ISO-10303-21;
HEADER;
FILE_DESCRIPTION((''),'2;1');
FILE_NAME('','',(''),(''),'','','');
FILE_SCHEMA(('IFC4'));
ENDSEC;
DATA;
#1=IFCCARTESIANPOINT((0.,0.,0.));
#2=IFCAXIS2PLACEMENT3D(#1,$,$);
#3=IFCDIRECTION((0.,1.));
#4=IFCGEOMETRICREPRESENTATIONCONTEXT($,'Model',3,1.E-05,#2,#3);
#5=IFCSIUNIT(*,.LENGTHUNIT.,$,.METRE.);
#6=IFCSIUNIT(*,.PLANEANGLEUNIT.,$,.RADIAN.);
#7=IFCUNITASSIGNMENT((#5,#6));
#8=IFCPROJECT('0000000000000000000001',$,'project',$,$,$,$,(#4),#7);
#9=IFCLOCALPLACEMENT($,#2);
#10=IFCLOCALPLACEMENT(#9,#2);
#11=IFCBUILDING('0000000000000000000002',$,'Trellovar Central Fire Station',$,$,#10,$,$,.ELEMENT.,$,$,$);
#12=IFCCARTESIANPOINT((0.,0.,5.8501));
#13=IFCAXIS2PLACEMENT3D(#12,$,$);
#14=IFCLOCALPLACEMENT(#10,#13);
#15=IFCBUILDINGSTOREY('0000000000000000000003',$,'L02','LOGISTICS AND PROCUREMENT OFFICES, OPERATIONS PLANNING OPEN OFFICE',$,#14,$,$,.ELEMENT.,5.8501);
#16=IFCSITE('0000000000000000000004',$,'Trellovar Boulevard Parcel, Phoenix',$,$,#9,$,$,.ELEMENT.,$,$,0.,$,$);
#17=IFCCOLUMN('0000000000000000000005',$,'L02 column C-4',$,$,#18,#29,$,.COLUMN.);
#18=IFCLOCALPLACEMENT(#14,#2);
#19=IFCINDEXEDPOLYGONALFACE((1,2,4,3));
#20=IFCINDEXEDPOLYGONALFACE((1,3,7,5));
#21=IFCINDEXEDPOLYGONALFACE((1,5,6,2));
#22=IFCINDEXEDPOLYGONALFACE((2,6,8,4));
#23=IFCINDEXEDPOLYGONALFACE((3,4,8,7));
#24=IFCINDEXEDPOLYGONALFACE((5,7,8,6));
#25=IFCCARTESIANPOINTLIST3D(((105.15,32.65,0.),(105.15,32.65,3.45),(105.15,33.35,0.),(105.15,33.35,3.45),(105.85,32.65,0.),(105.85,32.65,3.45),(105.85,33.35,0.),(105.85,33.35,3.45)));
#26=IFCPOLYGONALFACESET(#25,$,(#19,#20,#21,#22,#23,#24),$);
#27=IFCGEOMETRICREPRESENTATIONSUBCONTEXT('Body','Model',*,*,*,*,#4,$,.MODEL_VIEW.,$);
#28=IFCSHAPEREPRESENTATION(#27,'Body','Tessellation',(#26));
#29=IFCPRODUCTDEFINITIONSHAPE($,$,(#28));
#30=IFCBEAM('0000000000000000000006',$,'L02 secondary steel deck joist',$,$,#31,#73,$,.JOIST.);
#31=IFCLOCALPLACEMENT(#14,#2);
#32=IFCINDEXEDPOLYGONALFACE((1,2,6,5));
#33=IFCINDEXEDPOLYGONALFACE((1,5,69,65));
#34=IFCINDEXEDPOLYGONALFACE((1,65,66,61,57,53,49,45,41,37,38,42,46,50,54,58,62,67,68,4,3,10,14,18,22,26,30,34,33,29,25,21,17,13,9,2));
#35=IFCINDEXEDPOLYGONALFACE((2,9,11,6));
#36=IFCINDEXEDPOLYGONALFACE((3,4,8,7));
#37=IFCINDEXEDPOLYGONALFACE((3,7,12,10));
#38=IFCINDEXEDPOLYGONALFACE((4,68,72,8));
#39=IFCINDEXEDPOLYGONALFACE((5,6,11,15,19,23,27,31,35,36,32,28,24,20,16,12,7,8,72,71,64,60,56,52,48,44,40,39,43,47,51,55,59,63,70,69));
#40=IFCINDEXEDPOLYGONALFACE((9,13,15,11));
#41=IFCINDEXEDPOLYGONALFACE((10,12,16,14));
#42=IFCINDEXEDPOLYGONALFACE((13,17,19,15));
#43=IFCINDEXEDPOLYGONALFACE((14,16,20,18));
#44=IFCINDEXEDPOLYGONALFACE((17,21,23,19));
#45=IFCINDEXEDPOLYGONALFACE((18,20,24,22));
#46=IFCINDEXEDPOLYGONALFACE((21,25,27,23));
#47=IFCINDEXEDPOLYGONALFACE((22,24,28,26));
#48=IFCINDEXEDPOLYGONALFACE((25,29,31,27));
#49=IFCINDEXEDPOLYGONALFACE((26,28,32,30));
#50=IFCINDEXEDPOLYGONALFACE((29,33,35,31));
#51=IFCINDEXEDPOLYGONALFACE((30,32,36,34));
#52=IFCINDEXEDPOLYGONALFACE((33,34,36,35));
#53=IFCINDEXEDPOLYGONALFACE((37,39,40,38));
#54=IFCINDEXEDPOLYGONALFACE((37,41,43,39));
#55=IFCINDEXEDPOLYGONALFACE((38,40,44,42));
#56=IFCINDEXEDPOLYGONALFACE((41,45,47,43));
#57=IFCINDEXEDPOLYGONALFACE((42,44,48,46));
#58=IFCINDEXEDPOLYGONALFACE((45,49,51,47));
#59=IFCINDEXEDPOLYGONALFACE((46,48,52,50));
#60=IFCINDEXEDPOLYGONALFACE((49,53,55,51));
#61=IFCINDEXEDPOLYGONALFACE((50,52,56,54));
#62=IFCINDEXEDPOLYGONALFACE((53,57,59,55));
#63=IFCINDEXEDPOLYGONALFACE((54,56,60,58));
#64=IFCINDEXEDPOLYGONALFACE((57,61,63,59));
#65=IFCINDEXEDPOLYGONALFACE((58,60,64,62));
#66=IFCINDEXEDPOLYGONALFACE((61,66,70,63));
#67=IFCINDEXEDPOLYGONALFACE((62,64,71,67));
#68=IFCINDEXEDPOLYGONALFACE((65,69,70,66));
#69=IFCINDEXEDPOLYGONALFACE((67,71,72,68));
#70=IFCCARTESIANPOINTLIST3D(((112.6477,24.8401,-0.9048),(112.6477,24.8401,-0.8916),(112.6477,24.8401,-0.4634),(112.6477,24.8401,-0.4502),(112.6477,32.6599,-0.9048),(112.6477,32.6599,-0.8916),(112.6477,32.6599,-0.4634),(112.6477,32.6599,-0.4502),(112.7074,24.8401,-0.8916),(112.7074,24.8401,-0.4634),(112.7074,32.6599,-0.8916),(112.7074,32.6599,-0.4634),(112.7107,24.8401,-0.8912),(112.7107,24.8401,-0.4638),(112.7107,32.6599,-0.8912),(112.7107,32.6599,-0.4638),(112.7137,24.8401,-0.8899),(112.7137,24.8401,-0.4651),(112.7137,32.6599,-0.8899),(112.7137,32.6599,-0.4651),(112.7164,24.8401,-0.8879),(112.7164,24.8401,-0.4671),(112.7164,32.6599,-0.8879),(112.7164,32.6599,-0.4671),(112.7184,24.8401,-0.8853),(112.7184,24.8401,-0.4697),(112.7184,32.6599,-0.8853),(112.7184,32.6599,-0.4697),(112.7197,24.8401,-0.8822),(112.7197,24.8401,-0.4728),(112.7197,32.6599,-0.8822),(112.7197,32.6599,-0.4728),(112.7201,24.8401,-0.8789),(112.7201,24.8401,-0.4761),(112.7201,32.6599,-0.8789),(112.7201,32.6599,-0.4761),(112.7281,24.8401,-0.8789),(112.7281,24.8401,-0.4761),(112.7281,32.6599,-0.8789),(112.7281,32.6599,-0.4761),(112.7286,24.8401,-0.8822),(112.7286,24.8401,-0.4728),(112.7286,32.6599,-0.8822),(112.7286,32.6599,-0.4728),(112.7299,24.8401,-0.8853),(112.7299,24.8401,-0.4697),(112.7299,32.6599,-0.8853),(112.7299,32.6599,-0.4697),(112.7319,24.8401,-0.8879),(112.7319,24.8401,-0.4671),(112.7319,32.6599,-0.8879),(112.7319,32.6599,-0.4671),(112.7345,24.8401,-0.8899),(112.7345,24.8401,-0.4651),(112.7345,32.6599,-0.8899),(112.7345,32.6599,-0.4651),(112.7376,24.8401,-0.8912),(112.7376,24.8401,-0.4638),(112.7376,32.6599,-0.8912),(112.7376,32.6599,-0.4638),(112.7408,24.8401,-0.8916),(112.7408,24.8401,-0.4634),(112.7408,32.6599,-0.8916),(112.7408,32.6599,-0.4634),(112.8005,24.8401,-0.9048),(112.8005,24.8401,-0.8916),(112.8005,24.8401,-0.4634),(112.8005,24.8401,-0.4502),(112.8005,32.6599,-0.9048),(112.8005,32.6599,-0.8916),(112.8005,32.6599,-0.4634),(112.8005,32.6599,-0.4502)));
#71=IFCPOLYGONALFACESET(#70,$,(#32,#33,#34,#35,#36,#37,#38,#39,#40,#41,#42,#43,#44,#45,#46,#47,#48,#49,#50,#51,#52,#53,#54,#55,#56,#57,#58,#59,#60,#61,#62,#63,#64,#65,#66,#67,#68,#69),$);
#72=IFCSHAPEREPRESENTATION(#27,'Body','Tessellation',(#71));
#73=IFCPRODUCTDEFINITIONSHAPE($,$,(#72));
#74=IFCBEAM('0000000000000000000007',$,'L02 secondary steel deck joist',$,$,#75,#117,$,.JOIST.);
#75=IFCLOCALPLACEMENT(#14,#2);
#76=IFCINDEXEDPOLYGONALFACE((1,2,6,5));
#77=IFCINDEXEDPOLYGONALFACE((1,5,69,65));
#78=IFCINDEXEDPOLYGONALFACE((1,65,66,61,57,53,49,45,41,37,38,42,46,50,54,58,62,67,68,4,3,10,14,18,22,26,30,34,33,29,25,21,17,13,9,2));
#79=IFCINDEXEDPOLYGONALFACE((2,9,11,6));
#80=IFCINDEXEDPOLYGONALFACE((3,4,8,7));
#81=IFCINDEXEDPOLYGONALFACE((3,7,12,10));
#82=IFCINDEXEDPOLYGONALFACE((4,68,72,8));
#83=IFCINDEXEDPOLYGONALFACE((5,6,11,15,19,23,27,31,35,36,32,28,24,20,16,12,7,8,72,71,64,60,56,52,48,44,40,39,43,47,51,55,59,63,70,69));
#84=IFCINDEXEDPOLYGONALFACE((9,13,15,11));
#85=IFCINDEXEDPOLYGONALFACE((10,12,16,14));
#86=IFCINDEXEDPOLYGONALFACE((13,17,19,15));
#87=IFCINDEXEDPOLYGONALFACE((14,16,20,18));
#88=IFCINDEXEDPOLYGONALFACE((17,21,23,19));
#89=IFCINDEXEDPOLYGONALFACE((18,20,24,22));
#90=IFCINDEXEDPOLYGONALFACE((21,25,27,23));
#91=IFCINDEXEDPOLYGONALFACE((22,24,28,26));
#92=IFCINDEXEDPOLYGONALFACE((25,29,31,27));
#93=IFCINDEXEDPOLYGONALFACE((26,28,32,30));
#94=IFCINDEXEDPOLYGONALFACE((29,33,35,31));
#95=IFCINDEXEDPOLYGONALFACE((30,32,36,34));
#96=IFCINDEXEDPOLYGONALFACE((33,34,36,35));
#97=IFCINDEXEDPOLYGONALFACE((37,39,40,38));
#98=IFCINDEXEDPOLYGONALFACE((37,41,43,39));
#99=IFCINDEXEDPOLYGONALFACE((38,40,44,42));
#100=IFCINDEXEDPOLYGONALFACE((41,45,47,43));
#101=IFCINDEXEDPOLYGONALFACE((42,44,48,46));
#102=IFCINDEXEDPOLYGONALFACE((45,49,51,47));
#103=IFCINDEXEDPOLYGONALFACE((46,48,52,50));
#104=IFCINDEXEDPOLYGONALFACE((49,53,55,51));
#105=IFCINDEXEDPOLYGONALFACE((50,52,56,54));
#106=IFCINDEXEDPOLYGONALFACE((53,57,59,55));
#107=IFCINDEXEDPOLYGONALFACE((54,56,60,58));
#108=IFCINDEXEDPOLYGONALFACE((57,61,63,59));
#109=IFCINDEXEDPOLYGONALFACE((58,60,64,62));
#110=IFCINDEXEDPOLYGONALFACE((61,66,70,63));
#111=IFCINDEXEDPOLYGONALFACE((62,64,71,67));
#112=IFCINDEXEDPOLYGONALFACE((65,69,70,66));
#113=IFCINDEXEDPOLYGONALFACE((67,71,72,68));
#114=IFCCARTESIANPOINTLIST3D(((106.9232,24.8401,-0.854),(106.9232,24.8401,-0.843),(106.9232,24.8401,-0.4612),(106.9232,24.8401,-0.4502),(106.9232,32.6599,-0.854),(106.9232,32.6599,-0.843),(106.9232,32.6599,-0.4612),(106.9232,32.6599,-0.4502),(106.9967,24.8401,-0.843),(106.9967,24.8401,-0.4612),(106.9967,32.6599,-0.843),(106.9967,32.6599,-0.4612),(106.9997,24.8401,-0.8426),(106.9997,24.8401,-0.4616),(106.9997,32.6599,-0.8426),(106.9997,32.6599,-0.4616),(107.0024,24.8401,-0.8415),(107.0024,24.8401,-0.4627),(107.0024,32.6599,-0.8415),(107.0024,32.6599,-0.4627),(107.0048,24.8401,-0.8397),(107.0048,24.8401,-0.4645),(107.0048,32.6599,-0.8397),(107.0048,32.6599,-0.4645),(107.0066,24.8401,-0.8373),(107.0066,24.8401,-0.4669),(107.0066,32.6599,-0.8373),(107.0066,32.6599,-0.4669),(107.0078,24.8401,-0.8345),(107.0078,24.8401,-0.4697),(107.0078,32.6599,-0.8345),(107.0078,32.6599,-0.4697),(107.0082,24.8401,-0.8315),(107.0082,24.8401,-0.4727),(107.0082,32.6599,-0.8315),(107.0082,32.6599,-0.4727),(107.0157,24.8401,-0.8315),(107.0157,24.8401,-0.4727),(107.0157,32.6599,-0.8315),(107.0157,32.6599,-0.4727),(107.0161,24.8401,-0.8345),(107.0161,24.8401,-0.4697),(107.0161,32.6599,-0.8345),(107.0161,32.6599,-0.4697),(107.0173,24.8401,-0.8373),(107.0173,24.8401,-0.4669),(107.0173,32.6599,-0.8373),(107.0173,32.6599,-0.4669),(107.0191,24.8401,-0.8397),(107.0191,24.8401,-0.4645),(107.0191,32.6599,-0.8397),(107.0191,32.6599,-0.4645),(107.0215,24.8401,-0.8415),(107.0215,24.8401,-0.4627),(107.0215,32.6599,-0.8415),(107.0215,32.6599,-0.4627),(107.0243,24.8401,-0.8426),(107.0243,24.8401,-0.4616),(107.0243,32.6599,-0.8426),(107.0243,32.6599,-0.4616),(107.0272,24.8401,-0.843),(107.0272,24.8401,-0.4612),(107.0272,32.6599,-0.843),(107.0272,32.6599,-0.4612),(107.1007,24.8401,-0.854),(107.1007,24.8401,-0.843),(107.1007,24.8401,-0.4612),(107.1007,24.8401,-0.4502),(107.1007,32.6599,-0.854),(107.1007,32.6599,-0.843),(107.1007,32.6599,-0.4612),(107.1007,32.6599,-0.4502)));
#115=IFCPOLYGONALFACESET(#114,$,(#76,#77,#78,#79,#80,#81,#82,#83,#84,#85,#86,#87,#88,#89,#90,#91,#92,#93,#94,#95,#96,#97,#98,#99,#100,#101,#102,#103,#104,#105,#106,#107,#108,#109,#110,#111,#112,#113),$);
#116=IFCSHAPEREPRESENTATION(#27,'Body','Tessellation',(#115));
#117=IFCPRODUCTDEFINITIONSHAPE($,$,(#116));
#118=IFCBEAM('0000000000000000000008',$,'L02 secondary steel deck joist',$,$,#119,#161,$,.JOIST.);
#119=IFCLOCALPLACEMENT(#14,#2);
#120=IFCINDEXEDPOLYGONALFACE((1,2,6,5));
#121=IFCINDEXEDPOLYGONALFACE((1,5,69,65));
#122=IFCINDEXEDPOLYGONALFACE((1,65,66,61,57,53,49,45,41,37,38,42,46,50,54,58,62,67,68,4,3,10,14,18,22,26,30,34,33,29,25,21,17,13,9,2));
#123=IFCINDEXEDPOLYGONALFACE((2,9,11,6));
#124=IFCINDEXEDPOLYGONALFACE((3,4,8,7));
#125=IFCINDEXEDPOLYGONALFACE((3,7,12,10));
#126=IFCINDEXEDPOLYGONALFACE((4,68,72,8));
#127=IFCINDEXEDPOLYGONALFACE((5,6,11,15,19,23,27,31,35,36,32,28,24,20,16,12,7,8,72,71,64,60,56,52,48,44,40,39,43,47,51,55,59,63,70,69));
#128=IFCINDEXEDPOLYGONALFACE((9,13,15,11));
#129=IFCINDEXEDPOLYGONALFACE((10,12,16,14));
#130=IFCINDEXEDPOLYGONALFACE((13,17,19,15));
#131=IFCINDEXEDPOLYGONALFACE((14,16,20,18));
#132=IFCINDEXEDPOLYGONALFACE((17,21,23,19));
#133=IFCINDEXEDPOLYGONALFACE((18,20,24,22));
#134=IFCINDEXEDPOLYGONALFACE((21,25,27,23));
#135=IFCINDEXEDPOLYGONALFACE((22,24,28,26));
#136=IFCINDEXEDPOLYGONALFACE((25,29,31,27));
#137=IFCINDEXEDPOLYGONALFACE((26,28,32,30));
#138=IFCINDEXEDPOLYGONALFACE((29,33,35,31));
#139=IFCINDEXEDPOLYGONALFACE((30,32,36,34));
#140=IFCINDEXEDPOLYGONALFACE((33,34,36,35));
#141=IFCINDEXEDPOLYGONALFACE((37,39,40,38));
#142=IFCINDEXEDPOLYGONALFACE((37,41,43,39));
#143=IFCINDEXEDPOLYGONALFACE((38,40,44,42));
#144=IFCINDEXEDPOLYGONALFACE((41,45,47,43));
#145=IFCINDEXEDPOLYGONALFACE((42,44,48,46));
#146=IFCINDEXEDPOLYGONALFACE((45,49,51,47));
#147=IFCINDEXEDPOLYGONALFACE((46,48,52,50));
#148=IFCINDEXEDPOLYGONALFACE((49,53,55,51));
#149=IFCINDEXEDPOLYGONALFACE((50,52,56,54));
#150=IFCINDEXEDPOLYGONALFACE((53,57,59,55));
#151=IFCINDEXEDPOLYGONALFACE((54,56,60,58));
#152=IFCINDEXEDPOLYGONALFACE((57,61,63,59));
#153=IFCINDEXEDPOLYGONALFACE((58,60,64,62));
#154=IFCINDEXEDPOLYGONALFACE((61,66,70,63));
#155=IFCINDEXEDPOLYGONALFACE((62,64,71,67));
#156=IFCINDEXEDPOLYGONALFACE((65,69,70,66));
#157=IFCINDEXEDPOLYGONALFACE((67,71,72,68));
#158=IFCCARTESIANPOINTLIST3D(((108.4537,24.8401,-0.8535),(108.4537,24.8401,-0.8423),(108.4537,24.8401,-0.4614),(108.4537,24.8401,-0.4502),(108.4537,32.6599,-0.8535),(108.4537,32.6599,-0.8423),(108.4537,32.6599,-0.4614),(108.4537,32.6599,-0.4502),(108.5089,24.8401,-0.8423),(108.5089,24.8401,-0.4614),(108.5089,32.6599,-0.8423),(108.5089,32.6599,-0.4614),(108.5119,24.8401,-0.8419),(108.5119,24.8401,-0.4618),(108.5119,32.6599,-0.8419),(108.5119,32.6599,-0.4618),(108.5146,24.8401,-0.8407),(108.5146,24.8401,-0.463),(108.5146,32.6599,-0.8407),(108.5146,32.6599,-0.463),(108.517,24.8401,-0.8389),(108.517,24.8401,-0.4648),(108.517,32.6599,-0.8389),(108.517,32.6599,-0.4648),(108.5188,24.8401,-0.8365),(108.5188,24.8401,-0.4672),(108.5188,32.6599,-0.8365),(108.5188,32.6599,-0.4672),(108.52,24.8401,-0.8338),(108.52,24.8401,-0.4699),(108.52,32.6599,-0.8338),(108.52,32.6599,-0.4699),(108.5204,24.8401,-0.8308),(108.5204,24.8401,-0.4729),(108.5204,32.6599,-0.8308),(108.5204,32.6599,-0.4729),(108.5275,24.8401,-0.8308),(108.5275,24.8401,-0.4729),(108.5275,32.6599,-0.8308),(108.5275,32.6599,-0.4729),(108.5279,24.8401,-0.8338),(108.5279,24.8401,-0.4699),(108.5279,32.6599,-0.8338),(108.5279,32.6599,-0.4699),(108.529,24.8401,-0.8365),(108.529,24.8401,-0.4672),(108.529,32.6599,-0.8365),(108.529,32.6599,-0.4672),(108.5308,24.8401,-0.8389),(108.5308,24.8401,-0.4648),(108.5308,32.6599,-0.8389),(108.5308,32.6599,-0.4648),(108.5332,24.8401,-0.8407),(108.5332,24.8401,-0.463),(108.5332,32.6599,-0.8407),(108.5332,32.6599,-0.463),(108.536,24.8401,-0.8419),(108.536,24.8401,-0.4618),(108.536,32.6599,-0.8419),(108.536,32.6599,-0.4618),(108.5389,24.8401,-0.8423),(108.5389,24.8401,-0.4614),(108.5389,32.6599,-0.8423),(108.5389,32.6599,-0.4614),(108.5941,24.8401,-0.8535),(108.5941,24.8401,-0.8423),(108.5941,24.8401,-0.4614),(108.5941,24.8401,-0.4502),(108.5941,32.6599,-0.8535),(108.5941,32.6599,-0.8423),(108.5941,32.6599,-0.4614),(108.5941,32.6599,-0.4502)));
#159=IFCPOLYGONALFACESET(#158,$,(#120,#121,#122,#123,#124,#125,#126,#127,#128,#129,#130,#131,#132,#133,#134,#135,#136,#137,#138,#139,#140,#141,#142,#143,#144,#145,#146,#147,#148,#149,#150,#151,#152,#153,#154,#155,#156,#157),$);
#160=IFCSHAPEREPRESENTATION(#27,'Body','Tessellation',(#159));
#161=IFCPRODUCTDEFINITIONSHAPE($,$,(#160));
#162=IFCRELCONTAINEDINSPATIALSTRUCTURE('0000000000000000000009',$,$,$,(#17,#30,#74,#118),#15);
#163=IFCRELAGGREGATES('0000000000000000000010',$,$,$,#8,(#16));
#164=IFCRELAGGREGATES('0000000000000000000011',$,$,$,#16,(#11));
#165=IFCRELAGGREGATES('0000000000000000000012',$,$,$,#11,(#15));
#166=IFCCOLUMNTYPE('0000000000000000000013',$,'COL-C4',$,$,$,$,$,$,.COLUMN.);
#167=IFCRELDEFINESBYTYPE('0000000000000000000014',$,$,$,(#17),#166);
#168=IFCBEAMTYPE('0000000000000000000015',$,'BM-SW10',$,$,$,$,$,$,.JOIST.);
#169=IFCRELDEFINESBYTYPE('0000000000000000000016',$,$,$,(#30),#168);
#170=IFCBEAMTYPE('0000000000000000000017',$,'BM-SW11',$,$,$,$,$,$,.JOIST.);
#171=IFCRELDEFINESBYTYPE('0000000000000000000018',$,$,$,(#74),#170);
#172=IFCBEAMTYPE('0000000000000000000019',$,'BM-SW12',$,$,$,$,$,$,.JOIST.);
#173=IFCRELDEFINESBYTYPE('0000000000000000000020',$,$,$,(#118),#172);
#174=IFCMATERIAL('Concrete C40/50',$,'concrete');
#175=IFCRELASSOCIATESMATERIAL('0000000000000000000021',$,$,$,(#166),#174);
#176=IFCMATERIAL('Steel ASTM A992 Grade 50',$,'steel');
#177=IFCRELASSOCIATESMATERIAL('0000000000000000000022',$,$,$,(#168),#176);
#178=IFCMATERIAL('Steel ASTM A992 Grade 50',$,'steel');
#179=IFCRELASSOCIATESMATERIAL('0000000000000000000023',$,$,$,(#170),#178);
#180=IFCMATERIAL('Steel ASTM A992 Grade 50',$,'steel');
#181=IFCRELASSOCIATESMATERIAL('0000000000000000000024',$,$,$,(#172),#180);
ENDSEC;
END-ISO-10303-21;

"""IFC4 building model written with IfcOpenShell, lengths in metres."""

from ifc_helpers import new_model, si_unit, direction, frame, origin, origin_2d, place, context, subcontext, project, spatial, rectangle, i_section, extrude, material, material_profile, profile_set, type_object, element, save


model = new_model("IFC4")

# Units and contexts
model_context = context("Model", 3, precision=1e-05, world=origin(), true_north=direction((0.0, 1.0)))
body_context = subcontext(model_context, "Body", "Model", "MODEL_VIEW")
ifc_project = project(units=[si_unit("LENGTHUNIT", "METRE"), si_unit("PLANEANGLEUNIT", "RADIAN")], contexts=[model_context])

# Site, building, storey
site_placement = place(None, origin())
site = spatial("IfcSite", under=ifc_project, at=site_placement, Name="Trellovar Boulevard Parcel, Phoenix", CompositionType="ELEMENT", RefElevation=0.0)
building_placement = place(site_placement, origin())
building = spatial("IfcBuilding", under=site, at=building_placement, Name="Trellovar Central Fire Station", CompositionType="ELEMENT")
storey_placement = place(building_placement, frame((0.0, 0.0, 5.8501)))
storey = spatial("IfcBuildingStorey", under=building, at=storey_placement, Name="L02", Description="LOGISTICS AND PROCUREMENT OFFICES, OPERATIONS PLANNING OPEN OFFICE", CompositionType="ELEMENT", Elevation=5.8501)

# Column
ifc_material_1 = material(Name="Concrete C40/50", Category="concrete")
ifc_material_profile_1 = material_profile(ifc_material_1, rectangle(XDim=0.7, YDim=0.7, at=origin_2d()), Name="RC700X700")
ifc_profile_set_1 = profile_set([ifc_material_profile_1], Name="Concrete C40/50")
column_type = type_object("IfcColumnType", Name="COL-C4", PredefinedType="COLUMN", material=ifc_profile_set_1)
column_placement = place(storey_placement, frame((105.5, 33.0, 0.0), z_axis=(0.0, 0.0, 1.0), x_axis=(1.0, 0.0, 0.0)))
element("IfcColumn", 1, at=column_placement, inside=storey, type_object=column_type, Name="L02 column C-4", PredefinedType="COLUMN", context=body_context, shape_type="SweptSolid", body=[
    extrude(rectangle(XDim=0.7, YDim=0.7, at=origin_2d()), origin(), (0.0, 0.0, 1.0), 3.45),
])

# Beams
ifc_material_2 = material(Name="Steel ASTM A992 Grade 50", Category="steel")
ifc_material_profile_2 = material_profile(ifc_material_2, i_section(OverallWidth=0.1528, OverallDepth=0.4546, WebThickness=0.0081, FlangeThickness=0.0132, FilletRadius=0.0127, at=origin_2d()), Name="W18X40")
ifc_profile_set_2 = profile_set([ifc_material_profile_2], Name="Steel ASTM A992 Grade 50")
beam_type_1 = type_object("IfcBeamType", Name="BM-SW10", PredefinedType="JOIST", material=ifc_profile_set_2)
beam_1_placement = place(storey_placement, frame((112.7241, 24.8401, -0.6775), z_axis=(0.0, 1.0, 0.0), x_axis=(-1.0, 0.0, 0.0)))
element("IfcBeam", 2, at=beam_1_placement, inside=storey, type_object=beam_type_1, Name="L02 secondary steel deck joist", PredefinedType="JOIST", context=body_context, shape_type="SweptSolid", body=[
    extrude(i_section(OverallWidth=0.1528, OverallDepth=0.4546, WebThickness=0.0081, FlangeThickness=0.0132, FilletRadius=0.0127, at=origin_2d()), origin(), (0.0, 0.0, 1.0), 7.8198),
])
ifc_material_3 = material(Name="Steel ASTM A992 Grade 50", Category="steel")
ifc_material_profile_3 = material_profile(ifc_material_3, i_section(OverallWidth=0.1775, OverallDepth=0.4038, WebThickness=0.0076, FlangeThickness=0.011, FilletRadius=0.0115, at=origin_2d()), Name="W16X36")
ifc_profile_set_3 = profile_set([ifc_material_profile_3], Name="Steel ASTM A992 Grade 50")
beam_type_2 = type_object("IfcBeamType", Name="BM-SW11", PredefinedType="JOIST", material=ifc_profile_set_3)
beam_2_placement = place(storey_placement, frame((107.012, 24.8401, -0.6521), z_axis=(0.0, 1.0, 0.0), x_axis=(-1.0, 0.0, 0.0)))
element("IfcBeam", 3, at=beam_2_placement, inside=storey, type_object=beam_type_2, Name="L02 secondary steel deck joist", PredefinedType="JOIST", context=body_context, shape_type="SweptSolid", body=[
    extrude(i_section(OverallWidth=0.1775, OverallDepth=0.4038, WebThickness=0.0076, FlangeThickness=0.011, FilletRadius=0.0115, at=origin_2d()), origin(), (0.0, 0.0, 1.0), 7.8198),
])
ifc_material_4 = material(Name="Steel ASTM A992 Grade 50", Category="steel")
ifc_material_profile_4 = material_profile(ifc_material_4, i_section(OverallWidth=0.1404, OverallDepth=0.4033, WebThickness=0.0071, FlangeThickness=0.0112, FilletRadius=0.0115, at=origin_2d()), Name="W16X31")
ifc_profile_set_4 = profile_set([ifc_material_profile_4], Name="Steel ASTM A992 Grade 50")
beam_type_3 = type_object("IfcBeamType", Name="BM-SW12", PredefinedType="JOIST", material=ifc_profile_set_4)
beam_3_placement = place(storey_placement, frame((108.5239, 24.8401, -0.6519), z_axis=(0.0, 1.0, 0.0), x_axis=(-1.0, 0.0, 0.0)))
element("IfcBeam", 4, at=beam_3_placement, inside=storey, type_object=beam_type_3, Name="L02 secondary steel deck joist", PredefinedType="JOIST", context=body_context, shape_type="SweptSolid", body=[
    extrude(i_section(OverallWidth=0.1404, OverallDepth=0.4033, WebThickness=0.0071, FlangeThickness=0.0112, FilletRadius=0.0115, at=origin_2d()), origin(), (0.0, 0.0, 1.0), 7.8198),
])

save(model, "model.ifc")
